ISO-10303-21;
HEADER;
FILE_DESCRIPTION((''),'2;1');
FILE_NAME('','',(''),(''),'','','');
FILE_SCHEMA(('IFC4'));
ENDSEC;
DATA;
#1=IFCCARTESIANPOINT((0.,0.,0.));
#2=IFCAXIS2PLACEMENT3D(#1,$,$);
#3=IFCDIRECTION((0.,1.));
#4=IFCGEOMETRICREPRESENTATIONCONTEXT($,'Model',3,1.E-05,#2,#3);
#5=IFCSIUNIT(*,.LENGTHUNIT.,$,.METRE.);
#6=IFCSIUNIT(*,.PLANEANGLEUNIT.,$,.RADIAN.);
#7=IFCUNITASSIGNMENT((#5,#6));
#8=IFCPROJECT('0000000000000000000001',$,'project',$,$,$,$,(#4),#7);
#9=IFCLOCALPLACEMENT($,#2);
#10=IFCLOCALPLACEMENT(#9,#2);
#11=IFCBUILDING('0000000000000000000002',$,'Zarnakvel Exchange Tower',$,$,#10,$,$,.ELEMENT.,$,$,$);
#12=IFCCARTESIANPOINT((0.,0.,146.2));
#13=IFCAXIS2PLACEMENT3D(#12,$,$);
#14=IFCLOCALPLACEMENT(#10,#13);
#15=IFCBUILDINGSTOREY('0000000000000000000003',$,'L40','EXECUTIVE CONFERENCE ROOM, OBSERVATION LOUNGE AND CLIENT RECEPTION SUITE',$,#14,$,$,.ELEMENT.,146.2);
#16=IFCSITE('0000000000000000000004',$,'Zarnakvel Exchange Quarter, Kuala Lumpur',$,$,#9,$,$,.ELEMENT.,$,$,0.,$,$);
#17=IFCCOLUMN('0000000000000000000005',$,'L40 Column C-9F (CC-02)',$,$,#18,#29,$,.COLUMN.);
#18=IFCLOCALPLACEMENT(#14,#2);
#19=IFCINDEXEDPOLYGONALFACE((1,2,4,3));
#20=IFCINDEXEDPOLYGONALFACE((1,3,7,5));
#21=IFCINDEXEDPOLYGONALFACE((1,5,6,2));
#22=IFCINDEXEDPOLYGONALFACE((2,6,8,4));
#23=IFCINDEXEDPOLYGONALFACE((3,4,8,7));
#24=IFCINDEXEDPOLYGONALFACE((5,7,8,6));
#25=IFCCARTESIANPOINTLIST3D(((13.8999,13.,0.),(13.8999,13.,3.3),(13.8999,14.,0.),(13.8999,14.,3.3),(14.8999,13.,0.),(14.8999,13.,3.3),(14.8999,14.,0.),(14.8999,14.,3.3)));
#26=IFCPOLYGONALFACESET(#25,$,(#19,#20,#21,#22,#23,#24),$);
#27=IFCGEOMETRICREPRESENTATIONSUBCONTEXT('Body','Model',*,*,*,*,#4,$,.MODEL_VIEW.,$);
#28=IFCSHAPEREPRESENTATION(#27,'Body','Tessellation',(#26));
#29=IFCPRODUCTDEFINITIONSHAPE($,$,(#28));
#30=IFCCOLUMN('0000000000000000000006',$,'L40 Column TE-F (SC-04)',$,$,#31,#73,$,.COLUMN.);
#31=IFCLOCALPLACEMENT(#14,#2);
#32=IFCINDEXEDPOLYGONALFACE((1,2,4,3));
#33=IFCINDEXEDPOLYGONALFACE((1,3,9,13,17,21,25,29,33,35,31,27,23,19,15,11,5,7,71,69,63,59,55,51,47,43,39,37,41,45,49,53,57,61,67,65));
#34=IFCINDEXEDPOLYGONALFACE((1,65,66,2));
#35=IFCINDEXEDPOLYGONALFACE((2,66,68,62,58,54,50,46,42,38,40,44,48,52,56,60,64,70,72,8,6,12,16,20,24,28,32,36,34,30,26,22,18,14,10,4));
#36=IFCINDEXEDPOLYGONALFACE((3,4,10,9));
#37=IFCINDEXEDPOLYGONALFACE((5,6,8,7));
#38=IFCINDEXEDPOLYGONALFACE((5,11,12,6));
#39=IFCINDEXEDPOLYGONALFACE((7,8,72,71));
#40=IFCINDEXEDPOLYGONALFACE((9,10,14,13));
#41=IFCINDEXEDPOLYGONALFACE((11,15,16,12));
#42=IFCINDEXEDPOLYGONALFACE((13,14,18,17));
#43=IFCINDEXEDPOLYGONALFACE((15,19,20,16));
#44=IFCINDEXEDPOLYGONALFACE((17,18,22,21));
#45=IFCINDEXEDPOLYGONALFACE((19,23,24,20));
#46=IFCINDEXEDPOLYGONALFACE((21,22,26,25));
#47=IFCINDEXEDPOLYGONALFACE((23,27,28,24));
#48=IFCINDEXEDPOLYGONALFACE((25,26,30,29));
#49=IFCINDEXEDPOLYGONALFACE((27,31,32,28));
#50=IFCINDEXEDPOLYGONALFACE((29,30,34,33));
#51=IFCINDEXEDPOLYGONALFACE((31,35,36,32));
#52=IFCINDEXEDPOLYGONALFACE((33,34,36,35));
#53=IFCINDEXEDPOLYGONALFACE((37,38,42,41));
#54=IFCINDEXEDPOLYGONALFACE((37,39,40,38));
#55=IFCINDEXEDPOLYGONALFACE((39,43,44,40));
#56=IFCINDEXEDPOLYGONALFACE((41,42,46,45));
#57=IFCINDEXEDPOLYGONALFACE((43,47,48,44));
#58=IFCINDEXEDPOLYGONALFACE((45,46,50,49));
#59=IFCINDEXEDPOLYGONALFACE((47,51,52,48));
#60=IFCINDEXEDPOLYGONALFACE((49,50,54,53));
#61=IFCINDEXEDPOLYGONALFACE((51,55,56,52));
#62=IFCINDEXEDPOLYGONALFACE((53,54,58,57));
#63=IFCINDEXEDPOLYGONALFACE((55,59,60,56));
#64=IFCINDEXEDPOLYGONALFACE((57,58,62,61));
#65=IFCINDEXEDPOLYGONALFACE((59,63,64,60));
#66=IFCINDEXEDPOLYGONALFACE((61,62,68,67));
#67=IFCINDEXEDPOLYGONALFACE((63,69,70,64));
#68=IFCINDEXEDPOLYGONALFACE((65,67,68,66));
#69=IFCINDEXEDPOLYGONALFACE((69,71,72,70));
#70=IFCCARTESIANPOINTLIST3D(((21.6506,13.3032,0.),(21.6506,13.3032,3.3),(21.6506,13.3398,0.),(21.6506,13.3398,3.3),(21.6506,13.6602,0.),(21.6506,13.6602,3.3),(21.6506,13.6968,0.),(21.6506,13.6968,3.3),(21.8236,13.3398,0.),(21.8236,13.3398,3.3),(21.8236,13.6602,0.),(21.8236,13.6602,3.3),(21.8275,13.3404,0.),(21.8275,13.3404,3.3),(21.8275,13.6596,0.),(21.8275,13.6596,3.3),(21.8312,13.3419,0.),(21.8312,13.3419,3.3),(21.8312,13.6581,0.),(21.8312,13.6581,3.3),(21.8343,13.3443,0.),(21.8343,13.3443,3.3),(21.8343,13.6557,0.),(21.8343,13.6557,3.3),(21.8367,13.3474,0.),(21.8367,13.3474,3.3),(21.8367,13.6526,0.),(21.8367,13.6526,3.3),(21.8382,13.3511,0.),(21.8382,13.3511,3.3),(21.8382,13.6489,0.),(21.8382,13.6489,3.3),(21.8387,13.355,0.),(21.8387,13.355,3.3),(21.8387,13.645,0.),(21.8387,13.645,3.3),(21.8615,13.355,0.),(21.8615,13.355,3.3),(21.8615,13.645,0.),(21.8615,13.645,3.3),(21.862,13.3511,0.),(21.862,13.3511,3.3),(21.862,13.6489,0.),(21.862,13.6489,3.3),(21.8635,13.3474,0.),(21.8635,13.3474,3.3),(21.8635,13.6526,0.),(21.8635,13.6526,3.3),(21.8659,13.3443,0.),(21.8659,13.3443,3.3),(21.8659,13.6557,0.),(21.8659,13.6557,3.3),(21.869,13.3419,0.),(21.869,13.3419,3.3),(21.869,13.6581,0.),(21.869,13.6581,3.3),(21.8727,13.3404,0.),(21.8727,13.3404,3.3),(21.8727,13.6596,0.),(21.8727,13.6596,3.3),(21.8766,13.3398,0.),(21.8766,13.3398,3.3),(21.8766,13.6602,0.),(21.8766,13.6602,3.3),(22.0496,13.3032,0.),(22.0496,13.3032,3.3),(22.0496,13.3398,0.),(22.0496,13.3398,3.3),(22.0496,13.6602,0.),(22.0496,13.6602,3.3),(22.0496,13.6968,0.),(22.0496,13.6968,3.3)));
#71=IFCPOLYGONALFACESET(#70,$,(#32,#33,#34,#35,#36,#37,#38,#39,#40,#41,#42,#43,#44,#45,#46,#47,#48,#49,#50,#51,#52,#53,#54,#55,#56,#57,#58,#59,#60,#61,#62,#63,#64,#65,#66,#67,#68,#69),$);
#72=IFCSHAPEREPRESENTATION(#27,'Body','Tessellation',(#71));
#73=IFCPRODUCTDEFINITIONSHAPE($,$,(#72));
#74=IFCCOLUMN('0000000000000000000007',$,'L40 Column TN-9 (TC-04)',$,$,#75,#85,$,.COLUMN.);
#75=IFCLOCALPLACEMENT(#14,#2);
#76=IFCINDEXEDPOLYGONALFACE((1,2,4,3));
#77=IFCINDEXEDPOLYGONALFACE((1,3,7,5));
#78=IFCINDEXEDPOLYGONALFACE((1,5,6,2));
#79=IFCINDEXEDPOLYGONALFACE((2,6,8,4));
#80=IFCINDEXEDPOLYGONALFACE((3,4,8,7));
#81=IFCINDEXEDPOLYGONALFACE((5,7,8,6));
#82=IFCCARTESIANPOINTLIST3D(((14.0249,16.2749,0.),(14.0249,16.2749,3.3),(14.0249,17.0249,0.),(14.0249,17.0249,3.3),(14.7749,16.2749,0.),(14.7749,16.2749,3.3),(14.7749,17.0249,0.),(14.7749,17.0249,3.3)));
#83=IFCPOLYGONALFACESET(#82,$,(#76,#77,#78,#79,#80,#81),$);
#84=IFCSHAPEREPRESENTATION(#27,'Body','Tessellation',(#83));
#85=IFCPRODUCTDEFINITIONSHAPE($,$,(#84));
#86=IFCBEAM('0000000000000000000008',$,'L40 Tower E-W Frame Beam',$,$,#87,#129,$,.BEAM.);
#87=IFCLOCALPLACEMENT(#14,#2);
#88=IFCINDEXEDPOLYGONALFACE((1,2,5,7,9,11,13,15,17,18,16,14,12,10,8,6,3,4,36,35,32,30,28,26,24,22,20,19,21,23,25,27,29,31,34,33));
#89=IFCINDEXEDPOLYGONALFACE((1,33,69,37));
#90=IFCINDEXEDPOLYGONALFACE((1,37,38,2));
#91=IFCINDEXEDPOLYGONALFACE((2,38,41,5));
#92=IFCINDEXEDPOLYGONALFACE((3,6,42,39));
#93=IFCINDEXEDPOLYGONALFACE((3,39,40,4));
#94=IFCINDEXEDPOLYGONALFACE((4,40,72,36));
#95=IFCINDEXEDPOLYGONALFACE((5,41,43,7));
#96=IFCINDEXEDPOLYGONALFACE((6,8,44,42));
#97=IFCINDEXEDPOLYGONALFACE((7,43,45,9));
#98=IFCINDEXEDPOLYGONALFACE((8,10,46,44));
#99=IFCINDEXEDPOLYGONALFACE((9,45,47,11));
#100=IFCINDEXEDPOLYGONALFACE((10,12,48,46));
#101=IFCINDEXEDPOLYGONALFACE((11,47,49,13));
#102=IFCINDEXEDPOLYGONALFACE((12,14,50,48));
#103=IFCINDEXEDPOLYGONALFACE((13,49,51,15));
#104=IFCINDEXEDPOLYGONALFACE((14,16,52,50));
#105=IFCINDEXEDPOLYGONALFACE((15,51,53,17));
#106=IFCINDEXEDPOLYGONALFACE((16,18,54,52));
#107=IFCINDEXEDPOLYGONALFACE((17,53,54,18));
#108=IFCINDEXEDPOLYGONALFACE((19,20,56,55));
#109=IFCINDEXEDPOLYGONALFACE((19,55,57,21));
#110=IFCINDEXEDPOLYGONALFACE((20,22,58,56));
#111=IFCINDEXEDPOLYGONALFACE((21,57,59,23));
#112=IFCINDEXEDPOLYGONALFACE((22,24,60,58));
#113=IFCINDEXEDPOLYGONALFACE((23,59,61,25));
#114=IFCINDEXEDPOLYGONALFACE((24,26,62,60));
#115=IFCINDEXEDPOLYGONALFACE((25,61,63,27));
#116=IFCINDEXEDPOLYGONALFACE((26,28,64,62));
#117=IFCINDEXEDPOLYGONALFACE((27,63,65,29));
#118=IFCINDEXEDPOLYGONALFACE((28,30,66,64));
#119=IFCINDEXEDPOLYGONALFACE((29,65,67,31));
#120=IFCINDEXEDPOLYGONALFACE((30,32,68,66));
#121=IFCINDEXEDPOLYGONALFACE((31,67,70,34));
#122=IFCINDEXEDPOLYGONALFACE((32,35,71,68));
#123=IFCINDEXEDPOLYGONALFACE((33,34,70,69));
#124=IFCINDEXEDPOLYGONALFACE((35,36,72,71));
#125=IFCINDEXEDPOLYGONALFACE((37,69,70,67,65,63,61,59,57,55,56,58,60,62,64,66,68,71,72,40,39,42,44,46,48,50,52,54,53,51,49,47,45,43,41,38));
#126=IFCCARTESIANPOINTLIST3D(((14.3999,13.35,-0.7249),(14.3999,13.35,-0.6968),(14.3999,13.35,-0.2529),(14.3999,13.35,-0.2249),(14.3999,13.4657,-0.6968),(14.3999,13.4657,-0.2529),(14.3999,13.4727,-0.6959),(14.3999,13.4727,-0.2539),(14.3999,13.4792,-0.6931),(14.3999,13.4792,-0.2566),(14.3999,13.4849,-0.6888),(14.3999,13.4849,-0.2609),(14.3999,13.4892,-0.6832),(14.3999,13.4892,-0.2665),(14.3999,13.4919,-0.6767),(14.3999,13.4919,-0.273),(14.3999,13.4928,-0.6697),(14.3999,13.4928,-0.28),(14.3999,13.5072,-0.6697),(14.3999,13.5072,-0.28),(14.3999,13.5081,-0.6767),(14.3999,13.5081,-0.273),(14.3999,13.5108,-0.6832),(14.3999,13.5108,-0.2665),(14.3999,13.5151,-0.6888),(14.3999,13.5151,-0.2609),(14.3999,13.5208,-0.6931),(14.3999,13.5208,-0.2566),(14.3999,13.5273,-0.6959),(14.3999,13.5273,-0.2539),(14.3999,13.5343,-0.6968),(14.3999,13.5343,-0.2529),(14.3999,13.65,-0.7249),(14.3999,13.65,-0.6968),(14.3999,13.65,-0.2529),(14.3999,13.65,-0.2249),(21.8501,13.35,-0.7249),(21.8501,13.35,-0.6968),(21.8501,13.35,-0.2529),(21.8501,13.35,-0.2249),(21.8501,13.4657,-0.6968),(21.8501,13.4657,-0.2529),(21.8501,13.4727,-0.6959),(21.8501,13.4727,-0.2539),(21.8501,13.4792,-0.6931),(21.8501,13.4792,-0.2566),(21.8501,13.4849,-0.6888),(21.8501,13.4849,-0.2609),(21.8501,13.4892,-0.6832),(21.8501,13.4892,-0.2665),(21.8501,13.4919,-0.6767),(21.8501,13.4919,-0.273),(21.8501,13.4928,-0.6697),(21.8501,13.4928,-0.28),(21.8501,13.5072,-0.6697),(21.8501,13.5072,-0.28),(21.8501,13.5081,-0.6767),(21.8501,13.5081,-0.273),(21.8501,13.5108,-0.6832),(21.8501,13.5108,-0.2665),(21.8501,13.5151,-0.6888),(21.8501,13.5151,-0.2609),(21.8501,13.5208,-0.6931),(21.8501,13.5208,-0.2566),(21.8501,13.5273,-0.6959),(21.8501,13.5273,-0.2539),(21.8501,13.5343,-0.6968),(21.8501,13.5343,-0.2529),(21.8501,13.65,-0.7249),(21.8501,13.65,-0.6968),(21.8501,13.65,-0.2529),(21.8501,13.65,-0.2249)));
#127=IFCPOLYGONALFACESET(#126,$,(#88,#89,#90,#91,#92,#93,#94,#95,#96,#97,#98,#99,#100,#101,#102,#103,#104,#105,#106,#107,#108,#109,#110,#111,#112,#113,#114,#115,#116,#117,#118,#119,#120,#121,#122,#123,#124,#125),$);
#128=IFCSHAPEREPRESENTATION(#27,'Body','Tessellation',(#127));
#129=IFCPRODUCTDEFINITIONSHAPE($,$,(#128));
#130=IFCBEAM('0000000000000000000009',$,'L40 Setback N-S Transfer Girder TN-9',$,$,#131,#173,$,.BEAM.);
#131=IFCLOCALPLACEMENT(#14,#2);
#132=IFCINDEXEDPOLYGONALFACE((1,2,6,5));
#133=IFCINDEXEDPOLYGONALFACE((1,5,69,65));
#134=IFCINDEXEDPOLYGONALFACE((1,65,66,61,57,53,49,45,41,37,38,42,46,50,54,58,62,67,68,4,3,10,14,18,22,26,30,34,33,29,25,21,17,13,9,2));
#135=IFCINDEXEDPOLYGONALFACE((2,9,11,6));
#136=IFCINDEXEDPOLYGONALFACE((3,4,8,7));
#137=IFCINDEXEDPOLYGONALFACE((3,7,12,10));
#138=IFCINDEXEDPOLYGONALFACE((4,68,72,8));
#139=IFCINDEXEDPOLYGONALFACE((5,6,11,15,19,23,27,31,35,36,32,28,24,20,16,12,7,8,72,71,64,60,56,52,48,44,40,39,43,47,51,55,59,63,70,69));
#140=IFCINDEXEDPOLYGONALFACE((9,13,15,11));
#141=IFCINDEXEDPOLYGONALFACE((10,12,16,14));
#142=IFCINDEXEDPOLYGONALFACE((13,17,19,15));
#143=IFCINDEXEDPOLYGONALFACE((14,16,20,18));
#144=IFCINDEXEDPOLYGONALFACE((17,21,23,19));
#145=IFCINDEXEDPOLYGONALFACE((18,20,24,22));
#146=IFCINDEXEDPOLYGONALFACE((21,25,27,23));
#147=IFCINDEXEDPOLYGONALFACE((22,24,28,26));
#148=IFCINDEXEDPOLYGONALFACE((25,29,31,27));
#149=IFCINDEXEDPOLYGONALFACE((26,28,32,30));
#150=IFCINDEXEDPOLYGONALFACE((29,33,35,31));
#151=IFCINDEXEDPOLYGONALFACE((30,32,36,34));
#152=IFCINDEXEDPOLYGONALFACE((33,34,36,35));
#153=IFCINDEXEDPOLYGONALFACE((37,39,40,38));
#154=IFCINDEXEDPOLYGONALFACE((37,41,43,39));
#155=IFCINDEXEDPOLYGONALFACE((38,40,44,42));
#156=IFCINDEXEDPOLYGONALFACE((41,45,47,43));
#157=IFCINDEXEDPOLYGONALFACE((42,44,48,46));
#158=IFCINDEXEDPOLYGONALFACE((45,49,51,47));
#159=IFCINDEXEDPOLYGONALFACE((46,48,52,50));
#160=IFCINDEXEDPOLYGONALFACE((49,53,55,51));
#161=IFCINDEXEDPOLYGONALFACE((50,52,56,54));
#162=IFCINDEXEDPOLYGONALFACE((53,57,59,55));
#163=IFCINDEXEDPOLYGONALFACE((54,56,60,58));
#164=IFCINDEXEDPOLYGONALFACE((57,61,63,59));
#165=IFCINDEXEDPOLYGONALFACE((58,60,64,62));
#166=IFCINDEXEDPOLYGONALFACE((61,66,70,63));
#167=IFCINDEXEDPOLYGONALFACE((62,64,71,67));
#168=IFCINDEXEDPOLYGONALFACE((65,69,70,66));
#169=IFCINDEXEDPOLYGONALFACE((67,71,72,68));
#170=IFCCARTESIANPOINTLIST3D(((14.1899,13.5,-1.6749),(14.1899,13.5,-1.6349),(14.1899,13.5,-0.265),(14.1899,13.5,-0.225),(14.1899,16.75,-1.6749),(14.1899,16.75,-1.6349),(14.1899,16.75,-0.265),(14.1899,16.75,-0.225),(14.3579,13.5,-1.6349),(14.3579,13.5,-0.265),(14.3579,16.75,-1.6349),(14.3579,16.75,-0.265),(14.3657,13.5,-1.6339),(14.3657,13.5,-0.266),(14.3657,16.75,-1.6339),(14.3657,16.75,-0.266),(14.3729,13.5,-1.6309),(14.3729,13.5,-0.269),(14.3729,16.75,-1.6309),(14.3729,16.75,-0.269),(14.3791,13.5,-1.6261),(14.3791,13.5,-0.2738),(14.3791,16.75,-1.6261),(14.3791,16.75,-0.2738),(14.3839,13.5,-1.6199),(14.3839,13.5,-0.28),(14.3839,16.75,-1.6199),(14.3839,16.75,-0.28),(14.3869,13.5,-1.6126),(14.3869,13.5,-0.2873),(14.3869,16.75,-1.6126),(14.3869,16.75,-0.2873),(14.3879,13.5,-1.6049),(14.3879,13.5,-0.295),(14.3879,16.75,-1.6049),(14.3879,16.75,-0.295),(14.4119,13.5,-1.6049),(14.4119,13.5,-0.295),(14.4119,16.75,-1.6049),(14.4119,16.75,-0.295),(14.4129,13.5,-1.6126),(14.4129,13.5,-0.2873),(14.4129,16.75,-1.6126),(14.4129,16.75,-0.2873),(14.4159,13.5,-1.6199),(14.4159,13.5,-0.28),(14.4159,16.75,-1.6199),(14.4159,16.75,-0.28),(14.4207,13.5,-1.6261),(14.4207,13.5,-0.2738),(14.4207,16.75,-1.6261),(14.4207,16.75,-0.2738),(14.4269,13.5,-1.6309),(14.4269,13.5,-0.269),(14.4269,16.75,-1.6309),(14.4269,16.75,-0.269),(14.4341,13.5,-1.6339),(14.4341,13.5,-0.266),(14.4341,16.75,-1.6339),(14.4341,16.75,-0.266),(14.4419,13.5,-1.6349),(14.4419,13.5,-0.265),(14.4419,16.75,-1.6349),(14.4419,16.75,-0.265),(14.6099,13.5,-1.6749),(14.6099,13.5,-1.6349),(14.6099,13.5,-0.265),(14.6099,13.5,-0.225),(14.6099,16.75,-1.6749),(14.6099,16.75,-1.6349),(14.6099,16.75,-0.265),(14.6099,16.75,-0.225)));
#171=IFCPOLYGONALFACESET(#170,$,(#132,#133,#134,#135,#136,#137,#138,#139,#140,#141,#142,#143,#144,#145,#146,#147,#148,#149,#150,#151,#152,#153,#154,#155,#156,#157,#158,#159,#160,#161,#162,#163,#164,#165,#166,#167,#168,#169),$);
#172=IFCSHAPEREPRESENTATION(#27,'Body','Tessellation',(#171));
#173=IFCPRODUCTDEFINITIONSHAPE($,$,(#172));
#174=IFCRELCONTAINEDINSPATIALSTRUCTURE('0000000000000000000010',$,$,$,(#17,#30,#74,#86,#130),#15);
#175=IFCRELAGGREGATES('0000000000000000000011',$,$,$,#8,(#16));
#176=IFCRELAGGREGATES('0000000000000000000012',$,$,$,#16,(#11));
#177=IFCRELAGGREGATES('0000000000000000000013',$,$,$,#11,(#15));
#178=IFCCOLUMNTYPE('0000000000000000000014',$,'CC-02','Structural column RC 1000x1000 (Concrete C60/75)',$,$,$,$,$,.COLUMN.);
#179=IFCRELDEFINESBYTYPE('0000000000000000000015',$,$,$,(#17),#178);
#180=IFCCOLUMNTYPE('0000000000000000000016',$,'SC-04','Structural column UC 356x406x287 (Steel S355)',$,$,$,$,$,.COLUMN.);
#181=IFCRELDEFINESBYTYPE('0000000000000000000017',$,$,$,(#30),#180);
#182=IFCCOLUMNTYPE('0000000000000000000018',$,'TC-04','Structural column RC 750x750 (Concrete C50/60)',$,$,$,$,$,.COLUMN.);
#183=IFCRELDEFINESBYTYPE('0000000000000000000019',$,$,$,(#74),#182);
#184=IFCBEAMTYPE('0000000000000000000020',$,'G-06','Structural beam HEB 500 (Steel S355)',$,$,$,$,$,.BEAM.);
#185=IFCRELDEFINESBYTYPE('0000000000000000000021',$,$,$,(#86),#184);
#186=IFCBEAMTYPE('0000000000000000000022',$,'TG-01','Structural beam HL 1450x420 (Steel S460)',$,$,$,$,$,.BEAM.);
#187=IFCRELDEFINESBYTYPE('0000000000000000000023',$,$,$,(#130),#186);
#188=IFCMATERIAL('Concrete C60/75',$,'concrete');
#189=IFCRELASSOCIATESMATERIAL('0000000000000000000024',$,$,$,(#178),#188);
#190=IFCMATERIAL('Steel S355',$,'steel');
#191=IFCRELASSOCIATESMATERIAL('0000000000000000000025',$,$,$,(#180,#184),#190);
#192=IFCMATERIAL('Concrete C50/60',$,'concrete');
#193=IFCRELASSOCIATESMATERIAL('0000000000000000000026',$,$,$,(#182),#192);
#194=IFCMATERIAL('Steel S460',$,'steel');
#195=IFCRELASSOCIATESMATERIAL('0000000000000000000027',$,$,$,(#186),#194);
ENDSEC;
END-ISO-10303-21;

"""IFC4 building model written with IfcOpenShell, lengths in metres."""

from ifc_helpers import new_model, si_unit, direction, frame, origin, origin_2d, place, context, subcontext, project, spatial, rectangle, i_section, extrude, material, material_profile, profile_set, type_object, element, save


model = new_model("IFC4")

# Units and contexts
model_context = context("Model", 3, precision=1e-05, world=origin(), true_north=direction((0.0, 1.0)))
body_context = subcontext(model_context, "Body", "Model", "MODEL_VIEW")
ifc_project = project(units=[si_unit("LENGTHUNIT", "METRE"), si_unit("PLANEANGLEUNIT", "RADIAN")], contexts=[model_context])

# Site, building, storey
site_placement = place(None, origin())
site = spatial("IfcSite", under=ifc_project, at=site_placement, Name="Zarnakvel Exchange Quarter, Kuala Lumpur", CompositionType="ELEMENT", RefElevation=0.0)
building_placement = place(site_placement, origin())
building = spatial("IfcBuilding", under=site, at=building_placement, Name="Zarnakvel Exchange Tower", CompositionType="ELEMENT")
storey_placement = place(building_placement, frame((0.0, 0.0, 146.2)))
storey = spatial("IfcBuildingStorey", under=building, at=storey_placement, Name="L40", Description="EXECUTIVE CONFERENCE ROOM, OBSERVATION LOUNGE AND CLIENT RECEPTION SUITE", CompositionType="ELEMENT", Elevation=146.2)

# Columns
ifc_material_1 = material(Name="Concrete C60/75", Category="concrete")
ifc_material_profile_1 = material_profile(ifc_material_1, rectangle(XDim=1.0, YDim=1.0, at=origin_2d()))
ifc_profile_set_1 = profile_set([ifc_material_profile_1], Name="Concrete C60/75")
column_type_1 = type_object("IfcColumnType", Name="CC-02", Description="Structural column RC 1000x1000 (Concrete C60/75)", PredefinedType="COLUMN", material=ifc_profile_set_1)
column_1_placement = place(storey_placement, frame((14.3999, 13.5, 0.0), z_axis=(0.0, 0.0, 1.0), x_axis=(1.0, 0.0, 0.0)))
element("IfcColumn", 1, at=column_1_placement, inside=storey, type_object=column_type_1, Name="L40 Column C-9F (CC-02)", PredefinedType="COLUMN", context=body_context, shape_type="SweptSolid", body=[
    extrude(rectangle(XDim=1.0, YDim=1.0, at=origin_2d()), origin(), (0.0, 0.0, 1.0), 3.3),
])
ifc_material_2 = material(Name="Steel S355", Category="steel")
ifc_material_profile_2 = material_profile(ifc_material_2, i_section(OverallWidth=0.3989, OverallDepth=0.3936, WebThickness=0.0227, FlangeThickness=0.0366, FilletRadius=0.0151, at=origin_2d()))
ifc_profile_set_2 = profile_set([ifc_material_profile_2], Name="Steel S355")
column_type_2 = type_object("IfcColumnType", Name="SC-04", Description="Structural column UC 356x406x287 (Steel S355)", PredefinedType="COLUMN", material=ifc_profile_set_2)
column_2_placement = place(storey_placement, frame((21.8501, 13.5, 0.0), z_axis=(0.0, 0.0, 1.0), x_axis=(1.0, 0.0, 0.0)))
element("IfcColumn", 2, at=column_2_placement, inside=storey, type_object=column_type_2, Name="L40 Column TE-F (SC-04)", PredefinedType="COLUMN", context=body_context, shape_type="SweptSolid", body=[
    extrude(i_section(OverallWidth=0.3989, OverallDepth=0.3936, WebThickness=0.0227, FlangeThickness=0.0366, FilletRadius=0.0151, at=origin_2d()), origin(), (0.0, 0.0, 1.0), 3.3),
])
ifc_material_3 = material(Name="Concrete C50/60", Category="concrete")
ifc_material_profile_3 = material_profile(ifc_material_3, rectangle(XDim=0.75, YDim=0.75, at=origin_2d()))
ifc_profile_set_3 = profile_set([ifc_material_profile_3], Name="Concrete C50/60")
column_type_3 = type_object("IfcColumnType", Name="TC-04", Description="Structural column RC 750x750 (Concrete C50/60)", PredefinedType="COLUMN", material=ifc_profile_set_3)
column_3_placement = place(storey_placement, frame((14.3999, 16.6499, 0.0), z_axis=(0.0, 0.0, 1.0), x_axis=(1.0, 0.0, 0.0)))
element("IfcColumn", 3, at=column_3_placement, inside=storey, type_object=column_type_3, Name="L40 Column TN-9 (TC-04)", PredefinedType="COLUMN", context=body_context, shape_type="SweptSolid", body=[
    extrude(rectangle(XDim=0.75, YDim=0.75, at=origin_2d()), origin(), (0.0, 0.0, 1.0), 3.3),
])

# Beams
ifc_material_profile_4 = material_profile(ifc_material_2, i_section(OverallWidth=0.3, OverallDepth=0.5, WebThickness=0.0144, FlangeThickness=0.0281, FilletRadius=0.0271, at=origin_2d()))
ifc_profile_set_4 = profile_set([ifc_material_profile_4], Name="Steel S355")
beam_type_1 = type_object("IfcBeamType", Name="G-06", Description="Structural beam HEB 500 (Steel S355)", PredefinedType="BEAM", material=ifc_profile_set_4)
beam_1_placement = place(storey_placement, frame((14.3999, 13.5, -0.4749), z_axis=(1.0, 0.0, 0.0), x_axis=(0.0, 1.0, 0.0)))
element("IfcBeam", 4, at=beam_1_placement, inside=storey, type_object=beam_type_1, Name="L40 Tower E-W Frame Beam", PredefinedType="BEAM", context=body_context, shape_type="SweptSolid", body=[
    extrude(i_section(OverallWidth=0.3, OverallDepth=0.5, WebThickness=0.0144, FlangeThickness=0.0281, FilletRadius=0.0271, at=origin_2d()), origin(), (0.0, 0.0, 1.0), 7.4502),
])
ifc_material_4 = material(Name="Steel S460", Category="steel")
ifc_material_profile_5 = material_profile(ifc_material_4, i_section(OverallWidth=0.4199, OverallDepth=1.45, WebThickness=0.0239, FlangeThickness=0.04, FilletRadius=0.03, at=origin_2d()))
ifc_profile_set_5 = profile_set([ifc_material_profile_5], Name="Steel S460")
beam_type_2 = type_object("IfcBeamType", Name="TG-01", Description="Structural beam HL 1450x420 (Steel S460)", PredefinedType="BEAM", material=ifc_profile_set_5)
beam_2_placement = place(storey_placement, frame((14.3999, 13.5, -0.95), z_axis=(0.0, 1.0, 0.0), x_axis=(-1.0, 0.0, 0.0)))
element("IfcBeam", 5, at=beam_2_placement, inside=storey, type_object=beam_type_2, Name="L40 Setback N-S Transfer Girder TN-9", PredefinedType="BEAM", context=body_context, shape_type="SweptSolid", body=[
    extrude(i_section(OverallWidth=0.4199, OverallDepth=1.45, WebThickness=0.0239, FlangeThickness=0.04, FilletRadius=0.03, at=origin_2d()), origin(), (0.0, 0.0, 1.0), 3.25),
])

save(model, "model.ifc")
